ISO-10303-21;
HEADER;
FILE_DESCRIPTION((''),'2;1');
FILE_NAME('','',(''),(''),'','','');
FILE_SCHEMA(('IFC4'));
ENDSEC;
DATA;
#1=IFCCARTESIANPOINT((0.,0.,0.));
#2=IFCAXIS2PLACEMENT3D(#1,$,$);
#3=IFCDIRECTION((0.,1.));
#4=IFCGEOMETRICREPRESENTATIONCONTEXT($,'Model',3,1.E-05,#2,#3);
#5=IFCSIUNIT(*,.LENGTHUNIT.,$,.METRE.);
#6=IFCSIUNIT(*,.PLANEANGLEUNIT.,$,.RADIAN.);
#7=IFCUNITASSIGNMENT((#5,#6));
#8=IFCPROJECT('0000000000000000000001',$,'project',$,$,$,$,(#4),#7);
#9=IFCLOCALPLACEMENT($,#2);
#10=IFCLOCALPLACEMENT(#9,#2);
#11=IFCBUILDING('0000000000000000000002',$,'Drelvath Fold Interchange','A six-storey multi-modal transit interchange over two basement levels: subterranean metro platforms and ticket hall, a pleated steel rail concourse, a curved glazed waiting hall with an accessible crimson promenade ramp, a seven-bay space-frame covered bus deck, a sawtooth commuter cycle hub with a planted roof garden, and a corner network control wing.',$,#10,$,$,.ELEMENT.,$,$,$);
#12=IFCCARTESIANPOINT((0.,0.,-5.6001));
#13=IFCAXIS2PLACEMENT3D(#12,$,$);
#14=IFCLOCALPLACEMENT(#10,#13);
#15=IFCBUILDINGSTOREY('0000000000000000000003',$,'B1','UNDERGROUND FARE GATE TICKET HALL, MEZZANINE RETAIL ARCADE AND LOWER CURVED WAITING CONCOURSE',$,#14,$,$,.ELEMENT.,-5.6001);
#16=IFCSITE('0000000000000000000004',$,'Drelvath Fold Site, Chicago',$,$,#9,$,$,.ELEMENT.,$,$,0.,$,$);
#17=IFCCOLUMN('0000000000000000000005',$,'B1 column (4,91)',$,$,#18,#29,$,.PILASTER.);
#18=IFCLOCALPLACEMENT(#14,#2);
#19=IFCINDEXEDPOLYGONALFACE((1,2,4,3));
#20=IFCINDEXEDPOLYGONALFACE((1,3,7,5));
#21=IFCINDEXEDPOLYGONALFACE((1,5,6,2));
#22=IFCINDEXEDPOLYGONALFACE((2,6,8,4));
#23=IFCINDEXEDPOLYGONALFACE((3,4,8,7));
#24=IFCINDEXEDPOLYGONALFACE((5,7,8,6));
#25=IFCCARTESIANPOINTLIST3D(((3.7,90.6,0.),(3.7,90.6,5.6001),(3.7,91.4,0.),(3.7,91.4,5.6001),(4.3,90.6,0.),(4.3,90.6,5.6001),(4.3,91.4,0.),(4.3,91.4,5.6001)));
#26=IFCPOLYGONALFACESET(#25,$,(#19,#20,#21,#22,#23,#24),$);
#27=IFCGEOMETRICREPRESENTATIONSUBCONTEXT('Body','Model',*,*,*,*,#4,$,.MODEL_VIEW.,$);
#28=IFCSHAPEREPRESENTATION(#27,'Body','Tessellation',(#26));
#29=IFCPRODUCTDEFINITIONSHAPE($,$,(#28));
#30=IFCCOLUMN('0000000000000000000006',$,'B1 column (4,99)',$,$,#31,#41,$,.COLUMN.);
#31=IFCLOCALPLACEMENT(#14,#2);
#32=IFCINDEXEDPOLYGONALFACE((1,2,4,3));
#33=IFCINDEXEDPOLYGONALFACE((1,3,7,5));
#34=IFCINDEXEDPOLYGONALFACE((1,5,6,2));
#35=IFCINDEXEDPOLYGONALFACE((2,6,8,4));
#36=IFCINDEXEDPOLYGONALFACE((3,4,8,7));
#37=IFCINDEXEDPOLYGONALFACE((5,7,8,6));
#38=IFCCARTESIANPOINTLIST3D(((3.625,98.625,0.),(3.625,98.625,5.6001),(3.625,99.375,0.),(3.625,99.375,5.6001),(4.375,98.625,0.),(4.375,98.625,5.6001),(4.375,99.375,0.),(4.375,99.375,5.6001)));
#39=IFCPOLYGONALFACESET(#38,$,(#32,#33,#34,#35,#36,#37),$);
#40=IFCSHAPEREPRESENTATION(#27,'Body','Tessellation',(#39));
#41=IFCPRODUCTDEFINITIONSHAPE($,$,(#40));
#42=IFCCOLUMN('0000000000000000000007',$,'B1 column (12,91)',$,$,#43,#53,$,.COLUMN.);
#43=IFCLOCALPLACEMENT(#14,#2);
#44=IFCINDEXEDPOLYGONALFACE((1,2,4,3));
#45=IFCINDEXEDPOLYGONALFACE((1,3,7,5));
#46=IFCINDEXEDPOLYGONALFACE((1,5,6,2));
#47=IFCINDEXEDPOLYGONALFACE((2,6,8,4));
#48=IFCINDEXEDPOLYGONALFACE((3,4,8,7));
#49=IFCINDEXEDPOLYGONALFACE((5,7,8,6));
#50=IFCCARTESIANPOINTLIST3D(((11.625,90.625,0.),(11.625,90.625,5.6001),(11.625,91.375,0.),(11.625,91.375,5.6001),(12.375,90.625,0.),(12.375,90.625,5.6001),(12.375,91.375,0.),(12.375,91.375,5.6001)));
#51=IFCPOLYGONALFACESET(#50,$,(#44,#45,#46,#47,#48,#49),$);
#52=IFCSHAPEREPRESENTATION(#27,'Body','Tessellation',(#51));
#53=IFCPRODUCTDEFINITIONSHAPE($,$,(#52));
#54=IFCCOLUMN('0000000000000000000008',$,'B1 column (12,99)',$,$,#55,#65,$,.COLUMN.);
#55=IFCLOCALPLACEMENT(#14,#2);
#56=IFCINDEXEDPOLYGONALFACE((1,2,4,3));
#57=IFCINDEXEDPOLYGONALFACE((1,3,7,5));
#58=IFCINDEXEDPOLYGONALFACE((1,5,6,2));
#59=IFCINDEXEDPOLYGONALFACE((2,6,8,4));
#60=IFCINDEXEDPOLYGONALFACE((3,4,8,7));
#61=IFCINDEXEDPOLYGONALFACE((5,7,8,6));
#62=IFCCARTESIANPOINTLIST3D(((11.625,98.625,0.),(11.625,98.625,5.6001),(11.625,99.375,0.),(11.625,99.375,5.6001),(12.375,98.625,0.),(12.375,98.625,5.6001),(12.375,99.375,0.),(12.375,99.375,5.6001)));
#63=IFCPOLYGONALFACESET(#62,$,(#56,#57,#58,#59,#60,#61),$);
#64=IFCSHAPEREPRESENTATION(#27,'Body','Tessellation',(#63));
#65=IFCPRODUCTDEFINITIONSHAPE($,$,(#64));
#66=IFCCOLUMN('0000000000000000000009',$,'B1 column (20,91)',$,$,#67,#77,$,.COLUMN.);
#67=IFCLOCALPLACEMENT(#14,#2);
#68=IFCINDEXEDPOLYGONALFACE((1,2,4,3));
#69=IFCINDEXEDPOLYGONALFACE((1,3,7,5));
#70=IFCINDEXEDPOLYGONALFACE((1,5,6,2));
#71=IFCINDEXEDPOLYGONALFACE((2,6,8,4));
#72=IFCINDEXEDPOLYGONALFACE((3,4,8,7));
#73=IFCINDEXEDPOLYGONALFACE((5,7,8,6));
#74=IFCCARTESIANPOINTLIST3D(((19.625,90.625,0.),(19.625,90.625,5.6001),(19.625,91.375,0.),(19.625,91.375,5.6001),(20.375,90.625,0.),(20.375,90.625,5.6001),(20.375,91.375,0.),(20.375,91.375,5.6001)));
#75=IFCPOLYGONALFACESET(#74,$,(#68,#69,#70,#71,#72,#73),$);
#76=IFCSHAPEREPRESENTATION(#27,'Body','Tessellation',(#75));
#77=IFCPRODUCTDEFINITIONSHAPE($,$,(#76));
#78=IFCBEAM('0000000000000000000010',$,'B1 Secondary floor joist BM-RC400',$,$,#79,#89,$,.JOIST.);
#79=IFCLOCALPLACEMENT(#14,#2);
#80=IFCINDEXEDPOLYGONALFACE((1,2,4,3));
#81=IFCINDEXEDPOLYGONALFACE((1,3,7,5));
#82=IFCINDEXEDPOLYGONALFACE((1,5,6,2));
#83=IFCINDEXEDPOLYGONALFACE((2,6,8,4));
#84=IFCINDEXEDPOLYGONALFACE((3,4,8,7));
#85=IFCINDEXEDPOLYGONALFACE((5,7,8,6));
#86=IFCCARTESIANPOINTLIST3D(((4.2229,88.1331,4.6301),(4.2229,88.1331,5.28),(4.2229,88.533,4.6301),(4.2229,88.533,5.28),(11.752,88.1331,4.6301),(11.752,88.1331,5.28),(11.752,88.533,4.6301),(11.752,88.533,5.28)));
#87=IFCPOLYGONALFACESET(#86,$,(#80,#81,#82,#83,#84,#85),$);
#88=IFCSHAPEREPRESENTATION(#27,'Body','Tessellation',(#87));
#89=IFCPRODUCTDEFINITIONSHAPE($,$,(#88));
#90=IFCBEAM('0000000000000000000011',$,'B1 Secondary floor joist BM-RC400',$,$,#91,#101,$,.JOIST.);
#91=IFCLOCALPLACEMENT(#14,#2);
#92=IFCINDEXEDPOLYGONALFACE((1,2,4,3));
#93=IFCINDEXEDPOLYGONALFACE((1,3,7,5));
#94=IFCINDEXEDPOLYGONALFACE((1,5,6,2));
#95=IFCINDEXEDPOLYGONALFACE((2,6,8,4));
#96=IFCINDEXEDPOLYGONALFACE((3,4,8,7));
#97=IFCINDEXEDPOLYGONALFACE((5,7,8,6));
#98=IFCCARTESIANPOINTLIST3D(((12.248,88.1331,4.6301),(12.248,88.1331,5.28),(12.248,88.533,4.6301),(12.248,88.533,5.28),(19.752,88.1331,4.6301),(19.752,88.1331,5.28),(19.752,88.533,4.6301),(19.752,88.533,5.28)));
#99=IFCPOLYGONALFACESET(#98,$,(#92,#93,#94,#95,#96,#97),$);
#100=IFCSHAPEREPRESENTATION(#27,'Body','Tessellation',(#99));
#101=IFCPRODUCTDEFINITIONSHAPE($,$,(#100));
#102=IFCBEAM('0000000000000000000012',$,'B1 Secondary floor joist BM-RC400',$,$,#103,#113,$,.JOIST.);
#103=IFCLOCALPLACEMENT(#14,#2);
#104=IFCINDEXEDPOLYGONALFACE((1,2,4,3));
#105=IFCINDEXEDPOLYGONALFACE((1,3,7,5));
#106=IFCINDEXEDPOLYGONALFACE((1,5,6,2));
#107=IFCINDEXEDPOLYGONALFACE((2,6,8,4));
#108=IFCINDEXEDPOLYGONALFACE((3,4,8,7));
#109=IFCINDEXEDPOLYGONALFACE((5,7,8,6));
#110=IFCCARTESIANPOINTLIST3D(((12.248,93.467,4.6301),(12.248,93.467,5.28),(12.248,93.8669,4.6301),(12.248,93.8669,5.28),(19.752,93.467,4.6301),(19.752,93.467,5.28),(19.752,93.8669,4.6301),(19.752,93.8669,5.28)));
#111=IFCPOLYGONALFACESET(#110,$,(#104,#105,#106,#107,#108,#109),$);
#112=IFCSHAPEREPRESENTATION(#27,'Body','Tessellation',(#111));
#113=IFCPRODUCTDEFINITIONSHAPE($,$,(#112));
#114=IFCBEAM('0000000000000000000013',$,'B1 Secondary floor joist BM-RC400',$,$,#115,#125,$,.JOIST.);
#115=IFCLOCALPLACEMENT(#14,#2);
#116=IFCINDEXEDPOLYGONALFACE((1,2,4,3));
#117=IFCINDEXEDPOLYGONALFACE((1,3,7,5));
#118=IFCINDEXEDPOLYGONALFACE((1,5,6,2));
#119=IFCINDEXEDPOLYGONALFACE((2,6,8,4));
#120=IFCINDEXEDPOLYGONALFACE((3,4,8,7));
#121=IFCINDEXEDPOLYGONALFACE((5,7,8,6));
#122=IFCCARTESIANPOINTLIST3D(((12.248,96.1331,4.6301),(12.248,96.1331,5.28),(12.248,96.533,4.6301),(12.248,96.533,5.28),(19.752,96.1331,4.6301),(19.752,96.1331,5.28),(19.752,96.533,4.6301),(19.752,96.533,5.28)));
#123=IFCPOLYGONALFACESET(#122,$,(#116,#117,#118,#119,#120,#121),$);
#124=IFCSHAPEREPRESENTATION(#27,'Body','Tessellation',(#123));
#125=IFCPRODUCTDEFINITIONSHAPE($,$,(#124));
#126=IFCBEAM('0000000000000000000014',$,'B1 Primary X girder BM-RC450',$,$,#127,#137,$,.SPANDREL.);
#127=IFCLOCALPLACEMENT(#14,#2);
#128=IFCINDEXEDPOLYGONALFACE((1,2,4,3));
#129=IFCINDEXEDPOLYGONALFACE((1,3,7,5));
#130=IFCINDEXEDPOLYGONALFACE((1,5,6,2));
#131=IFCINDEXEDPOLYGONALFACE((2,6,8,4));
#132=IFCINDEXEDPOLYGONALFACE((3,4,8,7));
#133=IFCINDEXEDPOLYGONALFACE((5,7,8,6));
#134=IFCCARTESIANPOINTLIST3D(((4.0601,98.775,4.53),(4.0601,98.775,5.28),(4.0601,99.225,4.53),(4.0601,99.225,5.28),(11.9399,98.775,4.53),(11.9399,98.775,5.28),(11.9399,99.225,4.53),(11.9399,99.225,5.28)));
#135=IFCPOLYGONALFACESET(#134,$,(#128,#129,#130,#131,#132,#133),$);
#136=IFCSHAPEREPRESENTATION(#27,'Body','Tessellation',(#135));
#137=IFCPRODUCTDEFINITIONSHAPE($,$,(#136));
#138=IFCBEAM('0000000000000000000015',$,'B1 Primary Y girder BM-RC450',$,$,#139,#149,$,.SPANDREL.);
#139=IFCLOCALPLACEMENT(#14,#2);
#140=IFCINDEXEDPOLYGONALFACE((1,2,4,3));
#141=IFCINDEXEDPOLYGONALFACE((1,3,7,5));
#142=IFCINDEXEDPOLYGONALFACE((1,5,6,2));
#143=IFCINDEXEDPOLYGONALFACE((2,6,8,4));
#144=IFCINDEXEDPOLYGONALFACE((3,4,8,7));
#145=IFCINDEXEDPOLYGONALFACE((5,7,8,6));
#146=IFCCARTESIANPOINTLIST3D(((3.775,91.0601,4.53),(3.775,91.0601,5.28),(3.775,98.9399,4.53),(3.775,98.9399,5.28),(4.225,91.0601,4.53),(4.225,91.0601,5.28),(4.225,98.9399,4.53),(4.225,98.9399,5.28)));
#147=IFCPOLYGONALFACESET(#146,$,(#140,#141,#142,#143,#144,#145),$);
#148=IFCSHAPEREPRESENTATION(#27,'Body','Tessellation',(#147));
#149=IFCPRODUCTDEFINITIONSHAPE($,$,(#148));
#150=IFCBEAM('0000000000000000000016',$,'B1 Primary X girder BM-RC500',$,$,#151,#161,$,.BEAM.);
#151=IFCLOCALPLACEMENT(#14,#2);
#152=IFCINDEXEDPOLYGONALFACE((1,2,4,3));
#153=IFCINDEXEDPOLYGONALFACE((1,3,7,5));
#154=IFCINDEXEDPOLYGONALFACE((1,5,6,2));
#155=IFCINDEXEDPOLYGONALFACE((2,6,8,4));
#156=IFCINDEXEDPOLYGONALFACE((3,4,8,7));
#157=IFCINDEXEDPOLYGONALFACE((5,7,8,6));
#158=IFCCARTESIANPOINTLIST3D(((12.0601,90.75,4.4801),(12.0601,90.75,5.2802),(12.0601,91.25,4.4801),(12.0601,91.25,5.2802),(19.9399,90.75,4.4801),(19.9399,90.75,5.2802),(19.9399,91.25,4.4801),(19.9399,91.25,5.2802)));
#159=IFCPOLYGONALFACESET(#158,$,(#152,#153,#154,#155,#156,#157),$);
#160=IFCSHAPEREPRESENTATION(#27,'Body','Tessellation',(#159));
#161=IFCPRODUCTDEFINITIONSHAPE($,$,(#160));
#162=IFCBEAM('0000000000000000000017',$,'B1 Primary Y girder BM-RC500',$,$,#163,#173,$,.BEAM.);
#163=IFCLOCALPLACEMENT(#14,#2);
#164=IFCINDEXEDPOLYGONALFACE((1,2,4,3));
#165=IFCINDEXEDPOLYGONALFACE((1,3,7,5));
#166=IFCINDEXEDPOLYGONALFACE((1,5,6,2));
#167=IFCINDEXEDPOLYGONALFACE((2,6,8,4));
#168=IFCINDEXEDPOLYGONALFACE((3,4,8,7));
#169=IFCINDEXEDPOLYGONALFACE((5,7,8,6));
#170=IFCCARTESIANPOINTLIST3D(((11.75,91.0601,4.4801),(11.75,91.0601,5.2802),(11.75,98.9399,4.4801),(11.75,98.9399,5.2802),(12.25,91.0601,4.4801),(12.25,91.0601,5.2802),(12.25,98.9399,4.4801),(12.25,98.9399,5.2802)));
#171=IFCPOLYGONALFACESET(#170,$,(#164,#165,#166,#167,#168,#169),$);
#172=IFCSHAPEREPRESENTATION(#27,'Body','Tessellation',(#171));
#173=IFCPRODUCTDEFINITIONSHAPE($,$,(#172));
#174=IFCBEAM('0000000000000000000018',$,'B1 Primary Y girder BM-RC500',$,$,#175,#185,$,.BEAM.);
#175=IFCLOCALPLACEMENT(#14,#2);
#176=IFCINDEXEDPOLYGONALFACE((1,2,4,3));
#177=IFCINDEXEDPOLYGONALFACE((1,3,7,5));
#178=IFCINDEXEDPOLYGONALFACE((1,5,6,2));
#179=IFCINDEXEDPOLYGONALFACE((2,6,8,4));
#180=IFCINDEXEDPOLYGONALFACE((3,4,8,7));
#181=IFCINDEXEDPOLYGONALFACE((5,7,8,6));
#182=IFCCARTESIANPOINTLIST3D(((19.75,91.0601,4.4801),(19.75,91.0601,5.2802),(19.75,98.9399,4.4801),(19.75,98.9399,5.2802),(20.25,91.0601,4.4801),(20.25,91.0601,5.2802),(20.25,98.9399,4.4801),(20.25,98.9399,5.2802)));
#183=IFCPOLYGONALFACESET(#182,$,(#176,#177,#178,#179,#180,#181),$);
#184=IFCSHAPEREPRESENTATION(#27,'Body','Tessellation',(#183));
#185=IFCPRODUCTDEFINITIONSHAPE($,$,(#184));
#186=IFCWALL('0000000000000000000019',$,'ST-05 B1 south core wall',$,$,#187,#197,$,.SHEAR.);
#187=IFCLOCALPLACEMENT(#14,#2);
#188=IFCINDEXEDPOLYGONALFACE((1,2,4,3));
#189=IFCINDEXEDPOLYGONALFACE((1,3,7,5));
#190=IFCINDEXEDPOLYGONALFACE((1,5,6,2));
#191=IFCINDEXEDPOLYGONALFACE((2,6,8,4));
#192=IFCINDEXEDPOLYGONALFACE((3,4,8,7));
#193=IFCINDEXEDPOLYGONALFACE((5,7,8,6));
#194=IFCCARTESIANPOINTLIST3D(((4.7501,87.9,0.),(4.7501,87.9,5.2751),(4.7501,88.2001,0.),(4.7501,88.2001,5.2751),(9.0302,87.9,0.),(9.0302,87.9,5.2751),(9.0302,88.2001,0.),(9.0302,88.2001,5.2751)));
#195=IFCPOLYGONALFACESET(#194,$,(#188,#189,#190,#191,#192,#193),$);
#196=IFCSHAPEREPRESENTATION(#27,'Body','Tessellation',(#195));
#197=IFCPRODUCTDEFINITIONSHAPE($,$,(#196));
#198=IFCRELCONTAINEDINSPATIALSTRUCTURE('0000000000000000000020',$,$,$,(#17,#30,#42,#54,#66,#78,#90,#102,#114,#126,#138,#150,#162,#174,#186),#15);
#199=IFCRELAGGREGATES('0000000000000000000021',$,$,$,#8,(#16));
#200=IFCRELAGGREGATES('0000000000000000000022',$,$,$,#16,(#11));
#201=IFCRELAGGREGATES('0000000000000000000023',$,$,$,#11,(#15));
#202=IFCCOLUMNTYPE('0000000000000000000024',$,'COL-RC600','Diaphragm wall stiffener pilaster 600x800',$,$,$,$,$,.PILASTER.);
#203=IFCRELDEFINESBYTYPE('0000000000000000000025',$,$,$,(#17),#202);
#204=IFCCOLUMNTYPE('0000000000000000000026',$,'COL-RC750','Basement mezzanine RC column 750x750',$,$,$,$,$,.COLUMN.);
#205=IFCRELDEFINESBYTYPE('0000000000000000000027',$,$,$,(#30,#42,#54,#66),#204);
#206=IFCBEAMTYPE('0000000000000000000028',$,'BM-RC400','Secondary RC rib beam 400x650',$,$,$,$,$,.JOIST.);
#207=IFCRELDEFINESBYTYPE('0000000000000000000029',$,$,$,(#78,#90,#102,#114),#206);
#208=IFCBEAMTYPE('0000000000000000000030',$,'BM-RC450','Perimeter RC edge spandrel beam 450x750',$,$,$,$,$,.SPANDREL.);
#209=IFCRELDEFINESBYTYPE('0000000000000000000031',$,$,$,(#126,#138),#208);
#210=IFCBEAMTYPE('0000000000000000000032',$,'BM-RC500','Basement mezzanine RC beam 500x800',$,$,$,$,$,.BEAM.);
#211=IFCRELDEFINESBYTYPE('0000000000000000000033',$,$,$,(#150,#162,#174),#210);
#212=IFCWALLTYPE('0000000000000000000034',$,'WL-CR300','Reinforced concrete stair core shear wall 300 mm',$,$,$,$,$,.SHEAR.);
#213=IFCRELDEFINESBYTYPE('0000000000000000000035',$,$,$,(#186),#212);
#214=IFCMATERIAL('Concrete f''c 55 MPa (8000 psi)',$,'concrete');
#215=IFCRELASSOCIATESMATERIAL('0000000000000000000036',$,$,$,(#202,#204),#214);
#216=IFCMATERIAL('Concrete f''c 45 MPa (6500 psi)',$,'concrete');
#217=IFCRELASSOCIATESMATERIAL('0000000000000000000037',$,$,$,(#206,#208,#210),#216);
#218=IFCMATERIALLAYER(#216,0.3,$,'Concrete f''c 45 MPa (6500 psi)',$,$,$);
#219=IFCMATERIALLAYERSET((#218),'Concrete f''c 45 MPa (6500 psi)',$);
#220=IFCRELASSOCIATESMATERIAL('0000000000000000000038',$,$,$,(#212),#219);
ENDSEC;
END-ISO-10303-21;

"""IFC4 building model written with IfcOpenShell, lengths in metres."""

from ifc_helpers import new_model, si_unit, direction, frame, frame_2d, origin, origin_2d, place, context, subcontext, project, spatial, rectangle, extrude, material, layer, layer_set, material_profile, profile_set, type_object, element, save


model = new_model("IFC4")

# Units and contexts
model_context = context("Model", 3, precision=1e-05, world=origin(), true_north=direction((0.0, 1.0)))
body_context = subcontext(model_context, "Body", "Model", "MODEL_VIEW")
ifc_project = project(units=[si_unit("LENGTHUNIT", "METRE"), si_unit("PLANEANGLEUNIT", "RADIAN")], contexts=[model_context])

# Site, building, storey
site_placement = place(None, origin())
site = spatial("IfcSite", under=ifc_project, at=site_placement, Name="Drelvath Fold Site, Chicago", CompositionType="ELEMENT", RefElevation=0.0)
building_placement = place(site_placement, origin())
building = spatial("IfcBuilding", under=site, at=building_placement, Name="Drelvath Fold Interchange", Description="A six-storey multi-modal transit interchange over two basement levels: subterranean metro platforms and ticket hall, a pleated steel rail concourse, a curved glazed waiting hall with an accessible crimson promenade ramp, a seven-bay space-frame covered bus deck, a sawtooth commuter cycle hub with a planted roof garden, and a corner network control wing.", CompositionType="ELEMENT")
storey_placement = place(building_placement, frame((0.0, 0.0, -5.6001)))
storey = spatial("IfcBuildingStorey", under=building, at=storey_placement, Name="B1", Description="UNDERGROUND FARE GATE TICKET HALL, MEZZANINE RETAIL ARCADE AND LOWER CURVED WAITING CONCOURSE", CompositionType="ELEMENT", Elevation=-5.6001)

# Columns
ifc_material_1 = material(Name="Concrete f'c 55 MPa (8000 psi)", Category="concrete")
ifc_material_profile_1 = material_profile(ifc_material_1, rectangle(XDim=0.6001, YDim=0.8, at=origin_2d()), Name="RC 600x800")
ifc_profile_set_1 = profile_set([ifc_material_profile_1], Name="Concrete f'c 55 MPa (8000 psi)")
column_type_1 = type_object("IfcColumnType", Name="COL-RC600", Description="Diaphragm wall stiffener pilaster 600x800", PredefinedType="PILASTER", material=ifc_profile_set_1)
column_placement = place(storey_placement, frame((4.0, 91.0, 0.0), z_axis=(0.0, 0.0, 1.0), x_axis=(1.0, 0.0, 0.0)))
element("IfcColumn", 1, at=column_placement, inside=storey, type_object=column_type_1, Name="B1 column (4,91)", PredefinedType="PILASTER", context=body_context, shape_type="SweptSolid", body=[
    extrude(rectangle(XDim=0.6001, YDim=0.8, at=origin_2d()), origin(), (0.0, 0.0, 1.0), 5.6001),
])
ifc_material_profile_2 = material_profile(ifc_material_1, rectangle(XDim=0.75, YDim=0.75, at=origin_2d()), Name="RC 750x750")
ifc_profile_set_2 = profile_set([ifc_material_profile_2], Name="Concrete f'c 55 MPa (8000 psi)")
column_type_2 = type_object("IfcColumnType", Name="COL-RC750", Description="Basement mezzanine RC column 750x750", PredefinedType="COLUMN", material=ifc_profile_set_2)
for number, where, z_axis, x_axis, name in (
    (2, (4.0, 99.0, 0.0), (0.0, 0.0, 1.0), (1.0, 0.0, 0.0), "B1 column (4,99)"),
    (3, (12.0, 91.0, 0.0), (0.0, 0.0, 1.0), (1.0, 0.0, 0.0), "B1 column (12,91)"),
    (4, (12.0, 99.0, 0.0), (0.0, 0.0, 1.0), (1.0, 0.0, 0.0), "B1 column (12,99)"),
    (5, (20.0, 91.0, 0.0), (0.0, 0.0, 1.0), (1.0, 0.0, 0.0), "B1 column (20,91)"),
):
    element("IfcColumn", number, at=place(storey_placement, frame(where, z_axis=z_axis, x_axis=x_axis)), inside=storey, type_object=column_type_2, Name=name, PredefinedType="COLUMN", context=body_context, shape_type="SweptSolid", body=[
        extrude(rectangle(XDim=0.75, YDim=0.75, at=origin_2d()), origin(), (0.0, 0.0, 1.0), 5.6001),
    ])

# Beams
ifc_material_2 = material(Name="Concrete f'c 45 MPa (6500 psi)", Category="concrete")
ifc_material_profile_3 = material_profile(ifc_material_2, rectangle(XDim=0.3999, YDim=0.6499, at=origin_2d()), Name="RC 400x650")
ifc_profile_set_3 = profile_set([ifc_material_profile_3], Name="Concrete f'c 45 MPa (6500 psi)")
beam_type_1 = type_object("IfcBeamType", Name="BM-RC400", Description="Secondary RC rib beam 400x650", PredefinedType="JOIST", material=ifc_profile_set_3)
beam_placement = place(storey_placement, frame((4.2229, 88.333, 4.9551), z_axis=(1.0, 0.0, 0.0), x_axis=(0.0, 1.0, 0.0)))
element("IfcBeam", 6, at=beam_placement, inside=storey, type_object=beam_type_1, Name="B1 Secondary floor joist BM-RC400", PredefinedType="JOIST", context=body_context, shape_type="SweptSolid", body=[
    extrude(rectangle(XDim=0.3999, YDim=0.6499, at=origin_2d()), origin(), (0.0, 0.0, 1.0), 7.5291),
])
for number, where, z_axis, x_axis, name in (
    (7, (12.248, 88.333, 4.9551), (1.0, 0.0, 0.0), (0.0, 1.0, 0.0), "B1 Secondary floor joist BM-RC400"),
    (8, (12.248, 93.667, 4.9551), (1.0, 0.0, 0.0), (0.0, 1.0, 0.0), "B1 Secondary floor joist BM-RC400"),
    (9, (12.248, 96.333, 4.9551), (1.0, 0.0, 0.0), (0.0, 1.0, 0.0), "B1 Secondary floor joist BM-RC400"),
):
    element("IfcBeam", number, at=place(storey_placement, frame(where, z_axis=z_axis, x_axis=x_axis)), inside=storey, type_object=beam_type_1, Name=name, PredefinedType="JOIST", context=body_context, shape_type="SweptSolid", body=[
        extrude(rectangle(XDim=0.3999, YDim=0.6499, at=origin_2d()), origin(), (0.0, 0.0, 1.0), 7.5039),
    ])
ifc_material_profile_4 = material_profile(ifc_material_2, rectangle(XDim=0.45, YDim=0.75, at=origin_2d()), Name="RC 450x750")
ifc_profile_set_4 = profile_set([ifc_material_profile_4], Name="Concrete f'c 45 MPa (6500 psi)")
beam_type_2 = type_object("IfcBeamType", Name="BM-RC450", Description="Perimeter RC edge spandrel beam 450x750", PredefinedType="SPANDREL", material=ifc_profile_set_4)
for number, where, z_axis, x_axis, name in (
    (10, (4.0601, 99.0, 4.905), (1.0, 0.0, 0.0), (0.0, 1.0, 0.0), "B1 Primary X girder BM-RC450"),
    (11, (4.0, 91.0601, 4.905), (0.0, 1.0, 0.0), (-1.0, 0.0, 0.0), "B1 Primary Y girder BM-RC450"),
):
    element("IfcBeam", number, at=place(storey_placement, frame(where, z_axis=z_axis, x_axis=x_axis)), inside=storey, type_object=beam_type_2, Name=name, PredefinedType="SPANDREL", context=body_context, shape_type="SweptSolid", body=[
        extrude(rectangle(XDim=0.45, YDim=0.75, at=origin_2d()), origin(), (0.0, 0.0, 1.0), 7.8799),
    ])
ifc_material_profile_5 = material_profile(ifc_material_2, rectangle(XDim=0.5, YDim=0.8, at=origin_2d()), Name="RC 500x800")
ifc_profile_set_5 = profile_set([ifc_material_profile_5], Name="Concrete f'c 45 MPa (6500 psi)")
beam_type_3 = type_object("IfcBeamType", Name="BM-RC500", Description="Basement mezzanine RC beam 500x800", PredefinedType="BEAM", material=ifc_profile_set_5)
for number, where, z_axis, x_axis, name in (
    (12, (12.0601, 91.0, 4.8801), (1.0, 0.0, 0.0), (0.0, 1.0, 0.0), "B1 Primary X girder BM-RC500"),
    (13, (12.0, 91.0601, 4.8801), (0.0, 1.0, 0.0), (-1.0, 0.0, 0.0), "B1 Primary Y girder BM-RC500"),
    (14, (20.0, 91.0601, 4.8801), (0.0, 1.0, 0.0), (-1.0, 0.0, 0.0), "B1 Primary Y girder BM-RC500"),
):
    element("IfcBeam", number, at=place(storey_placement, frame(where, z_axis=z_axis, x_axis=x_axis)), inside=storey, type_object=beam_type_3, Name=name, PredefinedType="BEAM", context=body_context, shape_type="SweptSolid", body=[
        extrude(rectangle(XDim=0.5, YDim=0.8, at=origin_2d()), origin(), (0.0, 0.0, 1.0), 7.8799),
    ])

# Wall
ifc_layer = layer(ifc_material_2, 0.3, Name="Concrete f'c 45 MPa (6500 psi)")
ifc_layer_set = layer_set([ifc_layer], Name="Concrete f'c 45 MPa (6500 psi)")
wall_type = type_object("IfcWallType", Name="WL-CR300", Description="Reinforced concrete stair core shear wall 300 mm", PredefinedType="SHEAR", material=ifc_layer_set)
wall_1_placement = place(storey_placement, frame((4.75, 88.05, 0.0), z_axis=(0.0, 0.0, 1.0), x_axis=(1.0, 0.0, 0.0)))
element("IfcWall", 15, at=wall_1_placement, inside=storey, type_object=wall_type, Name="ST-05 B1 south core wall", PredefinedType="SHEAR", context=body_context, shape_type="SweptSolid", body=[
    extrude(rectangle(XDim=4.28, YDim=0.3, at=frame_2d((2.1401, 0.0))), origin(), (0.0, 0.0, 1.0), 5.2751),
])

save(model, "model.ifc")
